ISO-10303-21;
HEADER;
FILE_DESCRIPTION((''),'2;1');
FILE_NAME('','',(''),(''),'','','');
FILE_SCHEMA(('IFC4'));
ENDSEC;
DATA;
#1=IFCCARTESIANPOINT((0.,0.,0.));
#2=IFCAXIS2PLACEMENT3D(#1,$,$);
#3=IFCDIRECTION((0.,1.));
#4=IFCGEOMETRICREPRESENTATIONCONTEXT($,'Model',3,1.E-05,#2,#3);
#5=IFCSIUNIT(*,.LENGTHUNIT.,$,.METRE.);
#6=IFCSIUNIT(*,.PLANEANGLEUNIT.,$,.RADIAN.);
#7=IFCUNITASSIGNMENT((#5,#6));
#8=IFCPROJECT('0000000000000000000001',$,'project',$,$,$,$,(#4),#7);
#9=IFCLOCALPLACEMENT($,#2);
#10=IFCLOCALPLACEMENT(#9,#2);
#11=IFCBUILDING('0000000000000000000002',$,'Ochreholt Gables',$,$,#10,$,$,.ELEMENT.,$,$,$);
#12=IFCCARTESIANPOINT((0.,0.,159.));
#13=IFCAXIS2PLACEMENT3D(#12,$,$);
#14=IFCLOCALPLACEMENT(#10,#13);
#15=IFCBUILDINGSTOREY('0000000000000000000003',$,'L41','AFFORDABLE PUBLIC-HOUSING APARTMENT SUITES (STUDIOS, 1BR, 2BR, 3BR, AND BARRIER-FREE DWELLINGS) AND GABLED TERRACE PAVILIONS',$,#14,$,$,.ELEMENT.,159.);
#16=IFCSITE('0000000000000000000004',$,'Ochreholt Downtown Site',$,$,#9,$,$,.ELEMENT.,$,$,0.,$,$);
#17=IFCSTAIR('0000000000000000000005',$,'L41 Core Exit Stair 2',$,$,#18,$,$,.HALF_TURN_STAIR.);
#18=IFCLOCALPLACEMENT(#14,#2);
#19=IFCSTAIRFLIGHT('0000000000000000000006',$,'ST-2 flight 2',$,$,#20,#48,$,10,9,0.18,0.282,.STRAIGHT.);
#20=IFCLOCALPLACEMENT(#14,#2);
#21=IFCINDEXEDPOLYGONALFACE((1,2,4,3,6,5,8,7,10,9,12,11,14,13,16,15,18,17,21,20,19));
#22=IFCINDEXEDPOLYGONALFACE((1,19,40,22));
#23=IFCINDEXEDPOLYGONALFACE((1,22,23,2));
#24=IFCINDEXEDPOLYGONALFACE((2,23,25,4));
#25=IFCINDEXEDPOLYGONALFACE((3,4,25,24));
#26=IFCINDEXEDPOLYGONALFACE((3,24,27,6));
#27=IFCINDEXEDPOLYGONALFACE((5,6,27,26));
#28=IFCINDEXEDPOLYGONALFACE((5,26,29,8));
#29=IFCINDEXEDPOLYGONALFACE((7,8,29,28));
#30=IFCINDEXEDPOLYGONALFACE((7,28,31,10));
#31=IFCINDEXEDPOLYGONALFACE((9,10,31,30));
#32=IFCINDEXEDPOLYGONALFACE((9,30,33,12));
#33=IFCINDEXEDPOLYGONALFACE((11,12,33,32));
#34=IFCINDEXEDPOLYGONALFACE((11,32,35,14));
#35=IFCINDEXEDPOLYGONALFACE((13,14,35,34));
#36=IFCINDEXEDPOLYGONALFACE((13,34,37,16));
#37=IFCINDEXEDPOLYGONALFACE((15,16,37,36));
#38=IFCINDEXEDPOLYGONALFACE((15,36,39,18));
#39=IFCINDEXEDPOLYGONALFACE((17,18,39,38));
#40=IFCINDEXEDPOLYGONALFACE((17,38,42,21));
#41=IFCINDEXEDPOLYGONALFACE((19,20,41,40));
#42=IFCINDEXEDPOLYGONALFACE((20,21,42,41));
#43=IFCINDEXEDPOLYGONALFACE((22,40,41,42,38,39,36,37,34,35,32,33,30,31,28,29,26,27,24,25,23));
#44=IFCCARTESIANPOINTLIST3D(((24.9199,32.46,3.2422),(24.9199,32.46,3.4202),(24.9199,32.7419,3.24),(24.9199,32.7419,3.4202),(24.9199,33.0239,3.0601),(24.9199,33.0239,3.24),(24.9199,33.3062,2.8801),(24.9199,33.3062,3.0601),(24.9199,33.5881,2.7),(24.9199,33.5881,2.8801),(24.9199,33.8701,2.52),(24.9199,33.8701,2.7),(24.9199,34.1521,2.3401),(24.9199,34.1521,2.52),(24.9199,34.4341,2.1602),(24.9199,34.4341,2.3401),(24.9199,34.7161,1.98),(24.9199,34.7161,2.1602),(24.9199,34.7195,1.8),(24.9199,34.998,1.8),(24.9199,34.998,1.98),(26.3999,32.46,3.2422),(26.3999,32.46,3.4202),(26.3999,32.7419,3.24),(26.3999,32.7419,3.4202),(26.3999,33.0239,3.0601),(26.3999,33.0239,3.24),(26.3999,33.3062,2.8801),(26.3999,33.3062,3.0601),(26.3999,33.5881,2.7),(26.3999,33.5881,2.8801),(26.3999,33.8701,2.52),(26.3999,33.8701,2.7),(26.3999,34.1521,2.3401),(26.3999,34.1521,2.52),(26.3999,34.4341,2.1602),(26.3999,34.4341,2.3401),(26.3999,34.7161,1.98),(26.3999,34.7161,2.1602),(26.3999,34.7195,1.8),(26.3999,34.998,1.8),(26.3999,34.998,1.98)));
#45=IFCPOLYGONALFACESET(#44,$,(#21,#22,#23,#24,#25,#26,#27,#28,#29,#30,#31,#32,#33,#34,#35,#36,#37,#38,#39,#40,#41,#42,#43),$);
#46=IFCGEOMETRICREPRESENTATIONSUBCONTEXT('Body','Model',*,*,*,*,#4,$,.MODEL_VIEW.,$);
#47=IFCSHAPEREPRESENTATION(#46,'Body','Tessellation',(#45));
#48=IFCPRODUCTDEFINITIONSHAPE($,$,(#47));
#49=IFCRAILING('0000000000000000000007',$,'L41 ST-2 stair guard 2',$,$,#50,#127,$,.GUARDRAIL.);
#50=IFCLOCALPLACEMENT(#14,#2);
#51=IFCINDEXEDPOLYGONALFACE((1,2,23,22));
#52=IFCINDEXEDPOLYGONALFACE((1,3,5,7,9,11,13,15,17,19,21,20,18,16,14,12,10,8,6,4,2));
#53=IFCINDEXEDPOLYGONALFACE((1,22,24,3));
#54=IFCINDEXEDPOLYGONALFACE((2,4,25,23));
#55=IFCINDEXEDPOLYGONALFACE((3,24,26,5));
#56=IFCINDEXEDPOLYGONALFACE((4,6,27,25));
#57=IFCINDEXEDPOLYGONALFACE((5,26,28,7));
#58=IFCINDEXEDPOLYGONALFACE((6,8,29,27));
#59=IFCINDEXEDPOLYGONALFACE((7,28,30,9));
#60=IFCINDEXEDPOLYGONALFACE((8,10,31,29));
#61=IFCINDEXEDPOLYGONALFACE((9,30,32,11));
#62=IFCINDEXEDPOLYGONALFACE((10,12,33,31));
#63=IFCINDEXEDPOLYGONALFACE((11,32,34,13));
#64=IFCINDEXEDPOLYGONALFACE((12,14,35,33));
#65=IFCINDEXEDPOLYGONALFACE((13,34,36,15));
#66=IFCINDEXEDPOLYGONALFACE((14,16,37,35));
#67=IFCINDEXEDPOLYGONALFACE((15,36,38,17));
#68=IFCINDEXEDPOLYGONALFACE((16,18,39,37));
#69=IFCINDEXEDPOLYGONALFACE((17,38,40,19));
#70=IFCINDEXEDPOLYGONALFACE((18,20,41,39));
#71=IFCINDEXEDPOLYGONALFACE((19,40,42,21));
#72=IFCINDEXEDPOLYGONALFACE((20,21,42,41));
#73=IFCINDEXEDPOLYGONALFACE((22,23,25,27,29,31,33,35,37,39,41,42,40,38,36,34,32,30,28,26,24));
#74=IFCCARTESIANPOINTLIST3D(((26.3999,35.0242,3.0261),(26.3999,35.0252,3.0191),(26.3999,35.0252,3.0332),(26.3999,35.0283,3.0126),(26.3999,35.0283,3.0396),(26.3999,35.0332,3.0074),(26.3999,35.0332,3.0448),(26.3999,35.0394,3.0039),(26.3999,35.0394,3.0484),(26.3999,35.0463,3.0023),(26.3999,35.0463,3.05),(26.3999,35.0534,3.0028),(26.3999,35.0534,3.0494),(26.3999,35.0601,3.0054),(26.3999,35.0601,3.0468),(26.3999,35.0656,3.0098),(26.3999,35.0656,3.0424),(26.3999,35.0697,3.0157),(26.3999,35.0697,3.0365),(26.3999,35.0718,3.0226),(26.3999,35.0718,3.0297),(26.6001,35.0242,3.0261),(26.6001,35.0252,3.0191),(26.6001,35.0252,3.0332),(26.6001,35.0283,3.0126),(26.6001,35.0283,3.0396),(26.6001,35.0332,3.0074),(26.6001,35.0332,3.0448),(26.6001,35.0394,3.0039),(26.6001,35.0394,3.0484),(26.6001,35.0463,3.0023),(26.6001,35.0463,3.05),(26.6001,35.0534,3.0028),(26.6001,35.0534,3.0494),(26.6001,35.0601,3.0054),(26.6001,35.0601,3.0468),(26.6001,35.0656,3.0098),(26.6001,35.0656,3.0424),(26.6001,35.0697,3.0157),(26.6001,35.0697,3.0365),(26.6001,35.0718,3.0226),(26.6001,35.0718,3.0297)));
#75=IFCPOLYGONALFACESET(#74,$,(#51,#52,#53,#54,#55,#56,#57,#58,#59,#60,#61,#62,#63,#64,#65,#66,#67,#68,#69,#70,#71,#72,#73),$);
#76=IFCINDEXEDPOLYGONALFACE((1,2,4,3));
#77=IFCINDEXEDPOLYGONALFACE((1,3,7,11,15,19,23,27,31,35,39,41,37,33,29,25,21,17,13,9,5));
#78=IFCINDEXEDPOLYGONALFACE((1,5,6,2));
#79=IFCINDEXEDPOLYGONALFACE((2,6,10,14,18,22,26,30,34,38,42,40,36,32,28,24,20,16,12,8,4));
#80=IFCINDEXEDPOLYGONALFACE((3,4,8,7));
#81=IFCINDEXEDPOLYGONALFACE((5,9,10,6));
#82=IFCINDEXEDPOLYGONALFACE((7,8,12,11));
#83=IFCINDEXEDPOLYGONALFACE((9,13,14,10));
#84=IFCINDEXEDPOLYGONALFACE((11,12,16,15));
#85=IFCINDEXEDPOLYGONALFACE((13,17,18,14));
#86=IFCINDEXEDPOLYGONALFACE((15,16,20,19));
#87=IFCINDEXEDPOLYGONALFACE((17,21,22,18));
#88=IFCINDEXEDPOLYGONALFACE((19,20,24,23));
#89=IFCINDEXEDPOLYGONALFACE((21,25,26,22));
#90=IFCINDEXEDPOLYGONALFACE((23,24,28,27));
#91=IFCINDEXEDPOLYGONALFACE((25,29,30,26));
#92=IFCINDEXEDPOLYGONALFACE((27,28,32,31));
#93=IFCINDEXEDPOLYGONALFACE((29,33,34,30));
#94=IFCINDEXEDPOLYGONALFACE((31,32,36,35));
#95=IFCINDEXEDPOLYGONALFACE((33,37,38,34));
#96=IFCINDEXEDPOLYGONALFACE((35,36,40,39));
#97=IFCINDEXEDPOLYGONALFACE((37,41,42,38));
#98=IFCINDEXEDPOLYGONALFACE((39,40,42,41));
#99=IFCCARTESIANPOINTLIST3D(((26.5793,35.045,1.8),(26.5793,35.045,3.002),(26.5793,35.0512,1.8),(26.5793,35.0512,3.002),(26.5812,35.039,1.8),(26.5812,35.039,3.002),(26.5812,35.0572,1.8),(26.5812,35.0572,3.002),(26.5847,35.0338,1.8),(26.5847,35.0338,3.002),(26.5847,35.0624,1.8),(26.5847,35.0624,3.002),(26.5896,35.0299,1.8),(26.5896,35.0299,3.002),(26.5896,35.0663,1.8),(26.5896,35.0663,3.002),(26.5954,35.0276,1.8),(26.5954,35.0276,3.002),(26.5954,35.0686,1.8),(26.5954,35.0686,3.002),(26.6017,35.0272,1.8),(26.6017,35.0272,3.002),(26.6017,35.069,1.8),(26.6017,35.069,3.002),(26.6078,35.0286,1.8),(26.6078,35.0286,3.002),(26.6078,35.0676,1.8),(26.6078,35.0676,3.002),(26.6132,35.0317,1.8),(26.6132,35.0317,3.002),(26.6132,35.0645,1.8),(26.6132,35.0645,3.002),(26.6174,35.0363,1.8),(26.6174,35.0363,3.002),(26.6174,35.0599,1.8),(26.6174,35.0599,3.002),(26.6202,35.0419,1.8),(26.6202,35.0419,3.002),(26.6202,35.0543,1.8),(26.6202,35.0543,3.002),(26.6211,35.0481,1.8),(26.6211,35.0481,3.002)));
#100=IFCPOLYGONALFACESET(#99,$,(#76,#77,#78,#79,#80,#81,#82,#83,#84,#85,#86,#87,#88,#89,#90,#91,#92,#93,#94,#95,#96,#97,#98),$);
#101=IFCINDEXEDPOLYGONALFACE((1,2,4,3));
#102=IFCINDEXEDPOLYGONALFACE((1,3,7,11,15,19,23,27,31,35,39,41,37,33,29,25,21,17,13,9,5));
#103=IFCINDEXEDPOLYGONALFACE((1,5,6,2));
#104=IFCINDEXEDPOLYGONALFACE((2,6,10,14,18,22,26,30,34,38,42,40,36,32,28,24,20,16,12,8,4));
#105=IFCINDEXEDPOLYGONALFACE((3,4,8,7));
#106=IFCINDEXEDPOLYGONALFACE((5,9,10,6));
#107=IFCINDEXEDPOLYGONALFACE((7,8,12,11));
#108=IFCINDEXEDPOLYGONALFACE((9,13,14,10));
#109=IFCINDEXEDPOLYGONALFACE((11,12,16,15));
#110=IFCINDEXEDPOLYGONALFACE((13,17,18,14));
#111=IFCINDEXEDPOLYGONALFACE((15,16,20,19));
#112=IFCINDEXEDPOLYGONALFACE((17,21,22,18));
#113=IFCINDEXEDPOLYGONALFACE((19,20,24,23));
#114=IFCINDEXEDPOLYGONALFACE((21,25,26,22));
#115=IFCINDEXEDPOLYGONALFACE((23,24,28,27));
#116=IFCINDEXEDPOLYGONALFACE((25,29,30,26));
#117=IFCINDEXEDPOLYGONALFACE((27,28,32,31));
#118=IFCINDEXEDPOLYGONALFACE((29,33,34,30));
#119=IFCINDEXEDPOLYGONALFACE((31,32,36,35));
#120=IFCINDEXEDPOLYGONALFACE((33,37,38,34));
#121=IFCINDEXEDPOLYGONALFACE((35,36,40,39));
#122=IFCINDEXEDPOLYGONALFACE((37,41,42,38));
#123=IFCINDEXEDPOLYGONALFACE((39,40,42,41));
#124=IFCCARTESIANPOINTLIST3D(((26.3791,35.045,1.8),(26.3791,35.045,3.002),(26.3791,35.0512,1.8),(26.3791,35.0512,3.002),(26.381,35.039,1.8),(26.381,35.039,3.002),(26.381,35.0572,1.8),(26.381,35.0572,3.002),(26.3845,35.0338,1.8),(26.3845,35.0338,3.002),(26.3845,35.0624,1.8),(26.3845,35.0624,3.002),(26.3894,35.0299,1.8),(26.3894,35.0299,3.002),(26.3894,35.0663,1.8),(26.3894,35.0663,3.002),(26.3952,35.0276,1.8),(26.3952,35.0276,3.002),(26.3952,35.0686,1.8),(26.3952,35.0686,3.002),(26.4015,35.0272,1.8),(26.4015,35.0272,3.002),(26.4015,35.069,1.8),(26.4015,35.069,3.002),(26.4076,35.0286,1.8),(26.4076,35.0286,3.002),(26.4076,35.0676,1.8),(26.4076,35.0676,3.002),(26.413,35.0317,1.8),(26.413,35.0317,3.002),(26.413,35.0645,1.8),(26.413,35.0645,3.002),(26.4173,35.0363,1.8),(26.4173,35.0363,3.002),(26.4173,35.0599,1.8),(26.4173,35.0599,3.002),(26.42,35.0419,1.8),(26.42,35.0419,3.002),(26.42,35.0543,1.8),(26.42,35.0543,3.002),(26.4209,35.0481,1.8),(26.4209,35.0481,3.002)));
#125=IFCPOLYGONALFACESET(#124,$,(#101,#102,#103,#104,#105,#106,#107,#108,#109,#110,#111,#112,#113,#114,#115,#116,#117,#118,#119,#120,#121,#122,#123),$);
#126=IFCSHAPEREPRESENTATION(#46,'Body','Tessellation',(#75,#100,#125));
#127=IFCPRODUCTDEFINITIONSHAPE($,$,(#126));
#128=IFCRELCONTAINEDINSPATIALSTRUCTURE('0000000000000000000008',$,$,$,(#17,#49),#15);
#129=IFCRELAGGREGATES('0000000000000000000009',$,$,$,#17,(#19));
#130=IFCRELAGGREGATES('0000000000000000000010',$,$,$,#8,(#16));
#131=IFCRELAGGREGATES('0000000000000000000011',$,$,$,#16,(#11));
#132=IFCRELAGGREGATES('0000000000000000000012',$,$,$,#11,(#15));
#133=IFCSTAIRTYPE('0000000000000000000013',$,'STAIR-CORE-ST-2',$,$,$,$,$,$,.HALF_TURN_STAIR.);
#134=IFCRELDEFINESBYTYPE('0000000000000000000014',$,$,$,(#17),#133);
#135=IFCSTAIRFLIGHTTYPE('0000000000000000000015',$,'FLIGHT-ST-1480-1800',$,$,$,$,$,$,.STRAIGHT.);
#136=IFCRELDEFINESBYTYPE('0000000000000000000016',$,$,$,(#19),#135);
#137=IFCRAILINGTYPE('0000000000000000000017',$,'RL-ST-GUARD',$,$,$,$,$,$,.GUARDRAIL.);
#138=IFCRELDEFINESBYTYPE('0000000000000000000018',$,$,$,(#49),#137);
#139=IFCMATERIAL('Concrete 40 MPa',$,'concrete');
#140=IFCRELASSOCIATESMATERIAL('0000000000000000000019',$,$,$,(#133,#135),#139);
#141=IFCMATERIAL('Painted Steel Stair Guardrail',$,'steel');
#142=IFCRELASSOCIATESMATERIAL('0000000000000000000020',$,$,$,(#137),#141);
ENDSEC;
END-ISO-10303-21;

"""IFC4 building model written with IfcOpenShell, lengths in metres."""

from ifc_helpers import new_model, si_unit, direction, frame, origin, origin_2d, place, context, subcontext, project, spatial, polyline, circle, outline, extrude, material, type_object, element, aggregate, save


model = new_model("IFC4")

# Units and contexts
model_context = context("Model", 3, precision=1e-05, world=origin(), true_north=direction((0.0, 1.0)))
body_context = subcontext(model_context, "Body", "Model", "MODEL_VIEW")
ifc_project = project(units=[si_unit("LENGTHUNIT", "METRE"), si_unit("PLANEANGLEUNIT", "RADIAN")], contexts=[model_context])

# Site, building, storey
site_placement = place(None, origin())
site = spatial("IfcSite", under=ifc_project, at=site_placement, Name="Ochreholt Downtown Site", CompositionType="ELEMENT", RefElevation=0.0)
building_placement = place(site_placement, origin())
building = spatial("IfcBuilding", under=site, at=building_placement, Name="Ochreholt Gables", CompositionType="ELEMENT")
storey_placement = place(building_placement, frame((0.0, 0.0, 159.0)))
storey = spatial("IfcBuildingStorey", under=building, at=storey_placement, Name="L41", Description="AFFORDABLE PUBLIC-HOUSING APARTMENT SUITES (STUDIOS, 1BR, 2BR, 3BR, AND BARRIER-FREE DWELLINGS) AND GABLED TERRACE PAVILIONS", CompositionType="ELEMENT", Elevation=159.0)

# Stair, stair flight
ifc_material_1 = material(Name="Concrete 40 MPa", Category="concrete")
stair_type = type_object("IfcStairType", Name="STAIR-CORE-ST-2", PredefinedType="HALF_TURN_STAIR", material=ifc_material_1)
stair_placement = place(storey_placement, origin())
stair = element("IfcStair", 1, at=stair_placement, inside=storey, type_object=stair_type, Name="L41 Core Exit Stair 2", PredefinedType="HALF_TURN_STAIR")
stair_flight_type = type_object("IfcStairFlightType", Name="FLIGHT-ST-1480-1800", PredefinedType="STRAIGHT", material=ifc_material_1)
stair_flight_1_placement = place(storey_placement, frame((25.6599, 34.998, 1.8), z_axis=(0.0, 0.0, 1.0), x_axis=(0.0, -1.0, 0.0)))
stair_flight_1 = element("IfcStairFlight", 2, at=stair_flight_1_placement, type_object=stair_flight_type, Name="ST-2 flight 2", NumberOfRisers=10, NumberOfTreads=9, PredefinedType="STRAIGHT", RiserHeight=0.18, TreadLength=0.282, context=body_context, shape_type="SweptSolid", body=[
    extrude(outline(polyline([(0.0, 0.0), (0.0, 0.1799), (0.282, 0.1799), (0.282, 0.3601), (0.564, 0.3601), (0.564, 0.54), (0.8459, 0.54), (0.8459, 0.72), (1.1279, 0.72), (1.1279, 0.8999), (1.4099, 0.8999), (1.4099, 1.0801), (1.6919, 1.0801), (1.6919, 1.26), (1.9741, 1.26), (1.9741, 1.4399), (2.2561, 1.4399), (2.2561, 1.6201), (2.5381, 1.6201), (2.5381, 1.8), (2.5381, 1.4421), (0.2786, 0.0), (0.0, 0.0)])), frame((0.0, 0.74, 0.0), z_axis=(0.0, -1.0, 0.0), x_axis=(1.0, 0.0, 0.0)), (0.0, 0.0, 1.0), 1.48),
])
aggregate(stair, [stair_flight_1])

# Railing
ifc_material_2 = material(Name="Painted Steel Stair Guardrail", Category="steel")
railing_type_1 = type_object("IfcRailingType", Name="RL-ST-GUARD", PredefinedType="GUARDRAIL", material=ifc_material_2)
railing_1_placement = place(storey_placement, frame((26.6001, 35.0481, 1.8)))
element("IfcRailing", 3, at=railing_1_placement, inside=storey, type_object=railing_type_1, Name="L41 ST-2 stair guard 2", PredefinedType="GUARDRAIL", context=body_context, shape_type="SweptSolid", body=[
    extrude(circle(Radius=0.0239, at=origin_2d()), frame((0.0, 0.0, 1.2261), z_axis=(-1.0, 0.0, 0.0), x_axis=(0.0, -1.0, 0.0)), (0.0, 0.0, 1.0), 0.2002),
    extrude(circle(Radius=0.021, at=origin_2d()), origin(), (0.0, 0.0, 1.0), 1.2019),
    extrude(circle(Radius=0.021, at=origin_2d()), frame((-0.2002, 0.0, 0.0)), (0.0, 0.0, 1.0), 1.2019),
])

save(model, "model.ifc")
